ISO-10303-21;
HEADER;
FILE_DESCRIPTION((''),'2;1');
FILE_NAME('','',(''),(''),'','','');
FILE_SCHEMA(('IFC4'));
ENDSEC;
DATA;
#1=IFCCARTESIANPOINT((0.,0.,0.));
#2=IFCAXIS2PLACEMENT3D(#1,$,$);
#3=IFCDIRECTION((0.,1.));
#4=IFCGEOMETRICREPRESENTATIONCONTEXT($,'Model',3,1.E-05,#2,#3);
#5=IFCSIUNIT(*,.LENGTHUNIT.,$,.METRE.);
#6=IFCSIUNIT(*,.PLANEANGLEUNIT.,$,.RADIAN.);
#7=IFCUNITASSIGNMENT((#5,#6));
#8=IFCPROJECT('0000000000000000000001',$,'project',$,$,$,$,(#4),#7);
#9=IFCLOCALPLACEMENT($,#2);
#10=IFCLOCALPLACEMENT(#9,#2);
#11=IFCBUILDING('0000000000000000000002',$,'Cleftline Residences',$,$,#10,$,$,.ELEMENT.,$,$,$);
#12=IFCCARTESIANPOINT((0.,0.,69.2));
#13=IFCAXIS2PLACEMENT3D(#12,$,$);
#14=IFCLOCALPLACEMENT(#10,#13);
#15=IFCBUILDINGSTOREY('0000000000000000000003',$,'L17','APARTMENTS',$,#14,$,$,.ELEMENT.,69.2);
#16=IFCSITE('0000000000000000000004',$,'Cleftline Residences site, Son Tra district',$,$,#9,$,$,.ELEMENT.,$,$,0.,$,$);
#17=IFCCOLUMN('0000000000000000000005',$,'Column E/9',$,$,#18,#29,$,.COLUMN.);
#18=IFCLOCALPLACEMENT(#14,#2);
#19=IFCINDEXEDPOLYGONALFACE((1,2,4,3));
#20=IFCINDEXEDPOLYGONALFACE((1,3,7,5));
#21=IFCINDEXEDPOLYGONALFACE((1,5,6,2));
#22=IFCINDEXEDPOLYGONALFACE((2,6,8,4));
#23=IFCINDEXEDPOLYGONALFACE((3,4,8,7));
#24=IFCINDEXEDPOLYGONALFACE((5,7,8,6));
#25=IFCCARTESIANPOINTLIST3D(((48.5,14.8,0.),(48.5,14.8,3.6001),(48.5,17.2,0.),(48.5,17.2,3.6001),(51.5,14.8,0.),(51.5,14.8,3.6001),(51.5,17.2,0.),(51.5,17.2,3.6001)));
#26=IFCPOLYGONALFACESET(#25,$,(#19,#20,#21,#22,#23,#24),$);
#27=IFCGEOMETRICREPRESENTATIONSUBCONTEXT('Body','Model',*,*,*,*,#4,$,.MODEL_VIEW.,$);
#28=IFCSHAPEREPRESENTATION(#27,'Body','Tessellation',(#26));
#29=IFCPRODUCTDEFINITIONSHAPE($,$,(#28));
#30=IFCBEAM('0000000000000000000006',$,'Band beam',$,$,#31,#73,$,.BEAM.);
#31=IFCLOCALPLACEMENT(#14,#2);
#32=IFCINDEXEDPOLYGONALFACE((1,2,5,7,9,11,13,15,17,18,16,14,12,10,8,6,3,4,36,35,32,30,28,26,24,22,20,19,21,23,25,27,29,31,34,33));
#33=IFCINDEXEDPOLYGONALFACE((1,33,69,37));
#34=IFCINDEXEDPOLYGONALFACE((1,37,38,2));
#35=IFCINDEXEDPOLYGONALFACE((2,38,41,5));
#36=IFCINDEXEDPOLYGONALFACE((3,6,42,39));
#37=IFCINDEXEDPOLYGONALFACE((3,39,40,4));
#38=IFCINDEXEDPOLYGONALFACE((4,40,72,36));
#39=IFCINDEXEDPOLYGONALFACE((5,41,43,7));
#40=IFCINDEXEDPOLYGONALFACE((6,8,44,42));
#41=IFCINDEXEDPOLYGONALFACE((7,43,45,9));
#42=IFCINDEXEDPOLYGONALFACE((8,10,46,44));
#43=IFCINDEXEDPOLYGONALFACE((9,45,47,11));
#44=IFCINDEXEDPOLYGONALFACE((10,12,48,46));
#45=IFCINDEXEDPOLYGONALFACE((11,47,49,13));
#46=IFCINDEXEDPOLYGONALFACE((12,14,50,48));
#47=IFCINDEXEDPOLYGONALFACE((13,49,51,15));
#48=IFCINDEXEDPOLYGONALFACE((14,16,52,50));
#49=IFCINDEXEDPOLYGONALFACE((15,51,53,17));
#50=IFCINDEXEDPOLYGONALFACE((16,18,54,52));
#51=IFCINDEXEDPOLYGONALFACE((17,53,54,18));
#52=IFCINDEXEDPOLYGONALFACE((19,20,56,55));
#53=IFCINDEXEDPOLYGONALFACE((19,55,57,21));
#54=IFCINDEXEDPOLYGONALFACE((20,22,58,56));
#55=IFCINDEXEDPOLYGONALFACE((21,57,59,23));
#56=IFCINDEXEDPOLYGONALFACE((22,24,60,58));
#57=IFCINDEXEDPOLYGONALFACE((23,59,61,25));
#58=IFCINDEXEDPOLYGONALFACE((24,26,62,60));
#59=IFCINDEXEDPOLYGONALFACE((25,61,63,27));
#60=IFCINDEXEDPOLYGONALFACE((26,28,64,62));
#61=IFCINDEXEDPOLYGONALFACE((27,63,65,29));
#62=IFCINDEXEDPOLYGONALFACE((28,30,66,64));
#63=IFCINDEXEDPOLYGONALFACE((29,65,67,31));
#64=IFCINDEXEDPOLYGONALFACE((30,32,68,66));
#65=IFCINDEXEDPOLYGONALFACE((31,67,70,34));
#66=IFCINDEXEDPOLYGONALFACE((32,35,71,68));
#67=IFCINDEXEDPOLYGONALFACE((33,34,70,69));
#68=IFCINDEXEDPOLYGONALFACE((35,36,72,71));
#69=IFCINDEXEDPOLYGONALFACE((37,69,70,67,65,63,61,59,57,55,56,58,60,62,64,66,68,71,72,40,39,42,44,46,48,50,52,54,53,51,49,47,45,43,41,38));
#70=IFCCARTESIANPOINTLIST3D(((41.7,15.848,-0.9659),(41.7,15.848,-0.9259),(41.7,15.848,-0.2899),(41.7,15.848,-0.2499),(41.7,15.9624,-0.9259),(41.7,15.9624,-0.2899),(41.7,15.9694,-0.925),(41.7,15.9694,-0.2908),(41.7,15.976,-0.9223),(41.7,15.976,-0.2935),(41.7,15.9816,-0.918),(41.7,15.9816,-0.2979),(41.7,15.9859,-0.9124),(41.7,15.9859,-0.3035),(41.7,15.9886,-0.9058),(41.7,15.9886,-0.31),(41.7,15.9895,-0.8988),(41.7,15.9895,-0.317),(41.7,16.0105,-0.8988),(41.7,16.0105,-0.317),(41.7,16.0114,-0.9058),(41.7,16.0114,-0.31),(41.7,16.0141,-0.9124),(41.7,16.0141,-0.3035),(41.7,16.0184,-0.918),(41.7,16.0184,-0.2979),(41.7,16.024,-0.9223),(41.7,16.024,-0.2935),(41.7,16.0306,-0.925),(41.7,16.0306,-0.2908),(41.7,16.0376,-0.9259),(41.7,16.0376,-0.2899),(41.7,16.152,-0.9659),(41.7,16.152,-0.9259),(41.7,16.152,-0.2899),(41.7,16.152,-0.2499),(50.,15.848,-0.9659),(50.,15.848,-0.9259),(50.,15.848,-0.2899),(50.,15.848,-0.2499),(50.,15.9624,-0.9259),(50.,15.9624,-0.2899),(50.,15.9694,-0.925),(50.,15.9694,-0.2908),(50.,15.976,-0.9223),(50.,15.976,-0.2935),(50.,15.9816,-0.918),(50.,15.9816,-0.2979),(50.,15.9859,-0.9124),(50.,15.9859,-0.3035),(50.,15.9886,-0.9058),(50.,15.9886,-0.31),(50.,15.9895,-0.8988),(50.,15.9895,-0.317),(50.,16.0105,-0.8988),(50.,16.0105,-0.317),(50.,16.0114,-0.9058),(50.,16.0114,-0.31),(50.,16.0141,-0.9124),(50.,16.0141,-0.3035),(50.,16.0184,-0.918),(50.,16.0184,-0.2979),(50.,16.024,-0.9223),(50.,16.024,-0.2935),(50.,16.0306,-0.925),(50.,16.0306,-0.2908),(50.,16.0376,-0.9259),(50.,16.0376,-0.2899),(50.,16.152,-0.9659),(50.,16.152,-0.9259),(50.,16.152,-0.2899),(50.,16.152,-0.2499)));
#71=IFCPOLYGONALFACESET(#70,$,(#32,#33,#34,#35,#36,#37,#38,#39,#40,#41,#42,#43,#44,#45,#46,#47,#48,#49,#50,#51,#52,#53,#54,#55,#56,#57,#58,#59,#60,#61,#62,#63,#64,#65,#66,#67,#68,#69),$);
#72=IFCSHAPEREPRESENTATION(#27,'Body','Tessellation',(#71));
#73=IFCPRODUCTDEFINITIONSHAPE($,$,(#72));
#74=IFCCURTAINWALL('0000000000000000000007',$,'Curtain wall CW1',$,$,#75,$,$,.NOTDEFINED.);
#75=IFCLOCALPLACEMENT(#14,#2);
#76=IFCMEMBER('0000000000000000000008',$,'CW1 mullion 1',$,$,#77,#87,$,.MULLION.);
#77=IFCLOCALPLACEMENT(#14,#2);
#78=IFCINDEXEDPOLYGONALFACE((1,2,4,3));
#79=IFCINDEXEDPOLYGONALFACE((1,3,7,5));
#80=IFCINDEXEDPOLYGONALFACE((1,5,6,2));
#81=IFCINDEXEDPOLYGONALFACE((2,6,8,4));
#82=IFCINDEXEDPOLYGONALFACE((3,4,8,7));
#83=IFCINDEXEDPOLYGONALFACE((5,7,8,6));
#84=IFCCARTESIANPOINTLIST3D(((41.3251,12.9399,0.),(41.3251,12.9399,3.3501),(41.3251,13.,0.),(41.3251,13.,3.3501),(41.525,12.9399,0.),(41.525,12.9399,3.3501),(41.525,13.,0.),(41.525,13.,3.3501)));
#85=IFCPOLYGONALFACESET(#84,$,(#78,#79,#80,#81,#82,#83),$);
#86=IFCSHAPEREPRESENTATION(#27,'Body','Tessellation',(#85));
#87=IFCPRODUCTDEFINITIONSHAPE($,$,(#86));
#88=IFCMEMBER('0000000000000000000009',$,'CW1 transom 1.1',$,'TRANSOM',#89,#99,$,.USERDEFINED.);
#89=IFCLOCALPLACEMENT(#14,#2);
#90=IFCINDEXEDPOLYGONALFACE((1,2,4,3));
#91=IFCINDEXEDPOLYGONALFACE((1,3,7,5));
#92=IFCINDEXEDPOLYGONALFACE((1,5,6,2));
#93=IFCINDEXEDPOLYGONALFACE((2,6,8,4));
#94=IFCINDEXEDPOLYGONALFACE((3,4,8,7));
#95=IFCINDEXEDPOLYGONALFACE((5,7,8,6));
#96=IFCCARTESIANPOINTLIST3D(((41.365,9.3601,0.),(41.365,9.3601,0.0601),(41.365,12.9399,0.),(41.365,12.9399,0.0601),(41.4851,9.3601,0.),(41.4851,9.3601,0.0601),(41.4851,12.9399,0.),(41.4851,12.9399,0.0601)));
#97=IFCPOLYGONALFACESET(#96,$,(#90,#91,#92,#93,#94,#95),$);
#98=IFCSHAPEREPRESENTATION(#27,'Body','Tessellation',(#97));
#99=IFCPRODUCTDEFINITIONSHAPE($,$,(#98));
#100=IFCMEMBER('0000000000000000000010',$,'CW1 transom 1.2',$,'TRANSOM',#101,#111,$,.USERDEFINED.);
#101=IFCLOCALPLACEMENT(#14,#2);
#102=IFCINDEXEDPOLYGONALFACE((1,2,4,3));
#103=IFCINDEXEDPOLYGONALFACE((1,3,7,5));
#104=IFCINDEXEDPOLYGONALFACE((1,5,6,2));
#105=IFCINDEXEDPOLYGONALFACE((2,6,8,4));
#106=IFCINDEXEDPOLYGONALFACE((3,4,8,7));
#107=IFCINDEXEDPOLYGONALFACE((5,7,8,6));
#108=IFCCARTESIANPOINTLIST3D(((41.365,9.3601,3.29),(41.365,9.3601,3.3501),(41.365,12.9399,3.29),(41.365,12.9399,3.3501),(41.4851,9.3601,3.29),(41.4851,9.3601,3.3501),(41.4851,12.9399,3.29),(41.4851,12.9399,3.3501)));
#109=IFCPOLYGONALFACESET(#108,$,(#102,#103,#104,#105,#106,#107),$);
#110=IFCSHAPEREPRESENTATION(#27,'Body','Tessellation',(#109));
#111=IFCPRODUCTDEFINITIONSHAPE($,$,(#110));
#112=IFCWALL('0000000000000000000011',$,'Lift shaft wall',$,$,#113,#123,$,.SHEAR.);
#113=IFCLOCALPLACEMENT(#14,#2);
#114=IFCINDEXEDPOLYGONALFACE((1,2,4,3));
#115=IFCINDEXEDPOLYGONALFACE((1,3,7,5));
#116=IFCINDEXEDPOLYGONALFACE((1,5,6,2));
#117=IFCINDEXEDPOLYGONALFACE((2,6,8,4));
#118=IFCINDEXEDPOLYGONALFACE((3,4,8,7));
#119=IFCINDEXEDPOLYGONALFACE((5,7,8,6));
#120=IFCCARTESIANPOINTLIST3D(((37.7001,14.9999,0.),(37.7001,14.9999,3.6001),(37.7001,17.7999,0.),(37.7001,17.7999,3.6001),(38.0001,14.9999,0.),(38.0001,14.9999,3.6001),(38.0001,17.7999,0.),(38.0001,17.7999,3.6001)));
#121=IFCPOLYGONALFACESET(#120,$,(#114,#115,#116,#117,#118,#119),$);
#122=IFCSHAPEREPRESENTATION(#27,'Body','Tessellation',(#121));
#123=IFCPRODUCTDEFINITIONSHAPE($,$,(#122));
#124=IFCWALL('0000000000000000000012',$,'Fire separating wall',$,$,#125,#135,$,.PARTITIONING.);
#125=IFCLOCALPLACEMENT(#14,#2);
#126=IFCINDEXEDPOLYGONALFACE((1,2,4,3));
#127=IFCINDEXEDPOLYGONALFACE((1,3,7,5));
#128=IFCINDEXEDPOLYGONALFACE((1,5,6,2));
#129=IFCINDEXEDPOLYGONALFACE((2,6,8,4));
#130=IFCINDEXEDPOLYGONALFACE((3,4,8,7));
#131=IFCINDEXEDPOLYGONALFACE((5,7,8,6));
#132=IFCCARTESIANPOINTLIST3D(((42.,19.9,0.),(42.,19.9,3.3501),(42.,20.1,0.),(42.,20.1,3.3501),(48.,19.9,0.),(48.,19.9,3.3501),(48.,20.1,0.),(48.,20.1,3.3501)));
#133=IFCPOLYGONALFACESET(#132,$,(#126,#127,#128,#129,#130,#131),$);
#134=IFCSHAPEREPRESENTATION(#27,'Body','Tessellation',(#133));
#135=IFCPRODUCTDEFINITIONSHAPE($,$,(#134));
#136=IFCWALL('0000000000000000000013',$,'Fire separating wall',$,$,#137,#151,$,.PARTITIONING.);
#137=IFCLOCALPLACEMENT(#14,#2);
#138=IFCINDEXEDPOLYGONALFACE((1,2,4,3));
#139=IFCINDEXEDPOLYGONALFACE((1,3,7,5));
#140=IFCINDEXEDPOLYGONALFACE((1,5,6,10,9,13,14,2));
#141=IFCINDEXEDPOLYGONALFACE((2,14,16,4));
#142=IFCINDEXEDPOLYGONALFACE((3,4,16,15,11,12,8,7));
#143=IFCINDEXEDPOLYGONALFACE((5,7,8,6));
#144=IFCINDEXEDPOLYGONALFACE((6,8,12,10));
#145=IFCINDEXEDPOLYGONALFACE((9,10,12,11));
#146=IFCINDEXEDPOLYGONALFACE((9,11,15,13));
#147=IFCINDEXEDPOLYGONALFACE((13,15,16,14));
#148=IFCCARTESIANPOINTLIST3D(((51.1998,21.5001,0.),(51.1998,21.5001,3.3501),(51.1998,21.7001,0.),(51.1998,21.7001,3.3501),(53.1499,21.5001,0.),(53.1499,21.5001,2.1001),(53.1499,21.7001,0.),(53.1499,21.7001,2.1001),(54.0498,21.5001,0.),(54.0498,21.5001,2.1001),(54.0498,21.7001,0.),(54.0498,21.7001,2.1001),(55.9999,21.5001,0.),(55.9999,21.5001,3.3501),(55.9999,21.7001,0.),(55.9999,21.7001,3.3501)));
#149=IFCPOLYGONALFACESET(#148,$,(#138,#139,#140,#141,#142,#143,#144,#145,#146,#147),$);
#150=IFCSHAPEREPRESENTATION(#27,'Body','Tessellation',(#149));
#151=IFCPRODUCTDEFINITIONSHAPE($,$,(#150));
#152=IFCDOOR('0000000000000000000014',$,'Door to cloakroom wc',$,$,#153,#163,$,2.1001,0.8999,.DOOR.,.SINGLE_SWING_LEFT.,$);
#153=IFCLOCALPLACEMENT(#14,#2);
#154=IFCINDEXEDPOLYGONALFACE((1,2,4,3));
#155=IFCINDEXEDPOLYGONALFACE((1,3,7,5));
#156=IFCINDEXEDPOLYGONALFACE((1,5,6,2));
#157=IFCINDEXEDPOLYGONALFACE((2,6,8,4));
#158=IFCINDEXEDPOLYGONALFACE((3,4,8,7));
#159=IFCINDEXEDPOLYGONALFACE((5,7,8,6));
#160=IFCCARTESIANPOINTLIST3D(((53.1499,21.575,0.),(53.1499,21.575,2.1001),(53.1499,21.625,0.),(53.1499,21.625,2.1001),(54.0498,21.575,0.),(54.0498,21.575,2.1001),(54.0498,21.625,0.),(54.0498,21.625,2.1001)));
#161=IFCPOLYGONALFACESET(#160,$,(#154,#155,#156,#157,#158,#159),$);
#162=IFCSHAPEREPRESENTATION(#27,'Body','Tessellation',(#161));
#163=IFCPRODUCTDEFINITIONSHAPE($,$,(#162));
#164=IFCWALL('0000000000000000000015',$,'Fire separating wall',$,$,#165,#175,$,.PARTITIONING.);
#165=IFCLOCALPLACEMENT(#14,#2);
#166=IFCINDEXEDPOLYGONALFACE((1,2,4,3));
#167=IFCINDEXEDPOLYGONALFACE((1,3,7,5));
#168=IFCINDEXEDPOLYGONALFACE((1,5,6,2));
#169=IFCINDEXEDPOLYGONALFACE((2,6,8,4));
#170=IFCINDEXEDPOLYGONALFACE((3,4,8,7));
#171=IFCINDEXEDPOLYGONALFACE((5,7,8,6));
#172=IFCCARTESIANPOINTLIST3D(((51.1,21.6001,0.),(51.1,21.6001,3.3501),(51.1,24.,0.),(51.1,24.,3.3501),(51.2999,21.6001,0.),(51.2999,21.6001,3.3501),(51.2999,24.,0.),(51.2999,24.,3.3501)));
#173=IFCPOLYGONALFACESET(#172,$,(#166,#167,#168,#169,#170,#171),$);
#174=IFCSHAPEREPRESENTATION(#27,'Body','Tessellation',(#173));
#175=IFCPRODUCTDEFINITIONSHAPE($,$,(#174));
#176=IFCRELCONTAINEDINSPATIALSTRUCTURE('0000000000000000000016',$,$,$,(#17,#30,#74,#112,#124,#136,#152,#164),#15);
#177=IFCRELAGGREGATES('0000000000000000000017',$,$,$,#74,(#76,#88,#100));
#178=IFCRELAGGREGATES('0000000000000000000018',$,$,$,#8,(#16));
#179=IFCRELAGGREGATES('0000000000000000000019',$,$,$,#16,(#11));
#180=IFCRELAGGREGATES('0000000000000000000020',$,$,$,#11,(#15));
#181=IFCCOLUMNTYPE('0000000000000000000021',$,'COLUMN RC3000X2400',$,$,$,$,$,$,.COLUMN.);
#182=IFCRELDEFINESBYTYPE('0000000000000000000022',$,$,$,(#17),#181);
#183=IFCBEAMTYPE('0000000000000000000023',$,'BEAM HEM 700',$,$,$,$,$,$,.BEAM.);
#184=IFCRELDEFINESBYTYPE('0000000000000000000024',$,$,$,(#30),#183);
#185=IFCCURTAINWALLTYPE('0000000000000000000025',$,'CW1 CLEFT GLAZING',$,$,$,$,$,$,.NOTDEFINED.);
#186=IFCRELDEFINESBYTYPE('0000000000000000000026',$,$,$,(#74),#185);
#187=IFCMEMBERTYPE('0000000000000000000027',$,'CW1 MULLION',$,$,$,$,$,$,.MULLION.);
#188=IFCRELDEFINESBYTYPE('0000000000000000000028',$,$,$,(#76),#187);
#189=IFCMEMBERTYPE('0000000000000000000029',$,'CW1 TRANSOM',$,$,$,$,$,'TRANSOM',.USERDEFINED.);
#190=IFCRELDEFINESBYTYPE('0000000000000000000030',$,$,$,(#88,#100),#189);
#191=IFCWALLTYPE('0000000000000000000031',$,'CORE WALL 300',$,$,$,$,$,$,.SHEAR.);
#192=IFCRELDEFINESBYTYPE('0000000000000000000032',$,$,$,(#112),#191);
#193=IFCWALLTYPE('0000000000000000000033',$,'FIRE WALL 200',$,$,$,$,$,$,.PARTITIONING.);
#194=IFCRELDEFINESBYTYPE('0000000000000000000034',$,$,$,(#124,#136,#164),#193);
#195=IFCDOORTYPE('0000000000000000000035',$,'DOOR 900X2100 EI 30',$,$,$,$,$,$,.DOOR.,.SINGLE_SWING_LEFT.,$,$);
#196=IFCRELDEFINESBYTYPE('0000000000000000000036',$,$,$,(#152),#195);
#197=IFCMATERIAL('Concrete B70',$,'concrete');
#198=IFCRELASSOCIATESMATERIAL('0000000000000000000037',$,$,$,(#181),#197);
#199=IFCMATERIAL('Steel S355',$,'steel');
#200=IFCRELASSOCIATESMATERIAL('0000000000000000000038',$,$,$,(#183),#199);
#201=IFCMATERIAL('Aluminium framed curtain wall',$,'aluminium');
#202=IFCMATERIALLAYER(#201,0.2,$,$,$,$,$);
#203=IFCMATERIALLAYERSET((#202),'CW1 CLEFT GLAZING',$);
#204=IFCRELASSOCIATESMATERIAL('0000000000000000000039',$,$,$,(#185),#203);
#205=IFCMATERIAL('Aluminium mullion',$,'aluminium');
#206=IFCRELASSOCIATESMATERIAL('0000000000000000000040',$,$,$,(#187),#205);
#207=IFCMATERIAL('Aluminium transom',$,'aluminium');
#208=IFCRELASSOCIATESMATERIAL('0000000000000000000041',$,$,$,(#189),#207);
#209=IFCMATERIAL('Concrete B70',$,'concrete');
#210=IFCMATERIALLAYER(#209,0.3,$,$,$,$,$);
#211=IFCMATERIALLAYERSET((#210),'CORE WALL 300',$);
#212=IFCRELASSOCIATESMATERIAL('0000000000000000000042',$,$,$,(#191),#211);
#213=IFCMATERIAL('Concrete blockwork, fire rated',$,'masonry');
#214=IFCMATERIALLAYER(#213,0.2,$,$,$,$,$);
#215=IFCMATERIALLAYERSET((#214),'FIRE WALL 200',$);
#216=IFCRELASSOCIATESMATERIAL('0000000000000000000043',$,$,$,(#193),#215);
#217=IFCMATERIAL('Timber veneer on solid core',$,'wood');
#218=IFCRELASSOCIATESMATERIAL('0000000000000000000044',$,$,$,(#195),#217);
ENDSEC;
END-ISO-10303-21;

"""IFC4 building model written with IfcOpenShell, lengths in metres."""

from ifc_helpers import new_model, si_unit, direction, frame, frame_2d, origin, origin_2d, place, context, subcontext, project, spatial, rectangle, i_section, extrude, material, layer, layer_set, material_profile, profile_set, type_object, element, fill, aggregate, save


model = new_model("IFC4")

# Units and contexts
model_context = context("Model", 3, precision=1e-05, world=origin(), true_north=direction((0.0, 1.0)))
body_context = subcontext(model_context, "Body", "Model", "MODEL_VIEW")
ifc_project = project(units=[si_unit("LENGTHUNIT", "METRE"), si_unit("PLANEANGLEUNIT", "RADIAN")], contexts=[model_context])

# Site, building, storey
site_placement = place(None, origin())
site = spatial("IfcSite", under=ifc_project, at=site_placement, Name="Cleftline Residences site, Son Tra district", CompositionType="ELEMENT", RefElevation=0.0)
building_placement = place(site_placement, origin())
building = spatial("IfcBuilding", under=site, at=building_placement, Name="Cleftline Residences", CompositionType="ELEMENT")
storey_placement = place(building_placement, frame((0.0, 0.0, 69.2)))
storey = spatial("IfcBuildingStorey", under=building, at=storey_placement, Name="L17", Description="APARTMENTS", CompositionType="ELEMENT", Elevation=69.2)

# Column
ifc_material_1 = material(Name="Concrete B70", Category="concrete")
ifc_material_profile_1 = material_profile(ifc_material_1, rectangle(XDim=3.0, YDim=2.3999, at=origin_2d()))
ifc_profile_set_1 = profile_set([ifc_material_profile_1], Name="Concrete B70")
column_type = type_object("IfcColumnType", Name="COLUMN RC3000X2400", PredefinedType="COLUMN", material=ifc_profile_set_1)
column_placement = place(storey_placement, frame((50.0, 16.0, 0.0), z_axis=(0.0, 0.0, 1.0), x_axis=(1.0, 0.0, 0.0)))
element("IfcColumn", 1, at=column_placement, inside=storey, type_object=column_type, Name="Column E/9", PredefinedType="COLUMN", context=body_context, shape_type="SweptSolid", body=[
    extrude(rectangle(XDim=3.0, YDim=2.3999, at=origin_2d()), origin(), (0.0, 0.0, 1.0), 3.6001),
])

# Beam
ifc_material_2 = material(Name="Steel S355", Category="steel")
ifc_material_profile_2 = material_profile(ifc_material_2, i_section(OverallWidth=0.304, OverallDepth=0.7161, WebThickness=0.021, FlangeThickness=0.04, FilletRadius=0.0271, at=origin_2d()))
ifc_profile_set_2 = profile_set([ifc_material_profile_2], Name="Steel S355")
beam_type = type_object("IfcBeamType", Name="BEAM HEM 700", PredefinedType="BEAM", material=ifc_profile_set_2)
beam_placement = place(storey_placement, frame((50.0, 16.0, -0.6079), z_axis=(-1.0, 0.0, 0.0), x_axis=(0.0, -1.0, 0.0)))
element("IfcBeam", 2, at=beam_placement, inside=storey, type_object=beam_type, Name="Band beam", PredefinedType="BEAM", context=body_context, shape_type="SweptSolid", body=[
    extrude(i_section(OverallWidth=0.304, OverallDepth=0.7161, WebThickness=0.021, FlangeThickness=0.04, FilletRadius=0.0271, at=origin_2d()), origin(), (0.0, 0.0, 1.0), 8.3),
])

# Curtain wall, members
ifc_material_3 = material(Name="Aluminium framed curtain wall", Category="aluminium")
ifc_layer_1 = layer(ifc_material_3, 0.2)
ifc_layer_set_1 = layer_set([ifc_layer_1], Name="CW1 CLEFT GLAZING")
curtain_wall_type = type_object("IfcCurtainWallType", Name="CW1 CLEFT GLAZING", PredefinedType="NOTDEFINED", material=ifc_layer_set_1)
curtain_wall_placement = place(storey_placement, origin())
curtain_wall = element("IfcCurtainWall", 3, at=curtain_wall_placement, inside=storey, type_object=curtain_wall_type, Name="Curtain wall CW1", PredefinedType="NOTDEFINED")
ifc_material_4 = material(Name="Aluminium mullion", Category="aluminium")
ifc_material_profile_3 = material_profile(ifc_material_4, rectangle(XDim=0.2, YDim=0.0601, at=origin_2d()))
ifc_profile_set_3 = profile_set([ifc_material_profile_3], Name="Aluminium mullion")
member_type_1 = type_object("IfcMemberType", Name="CW1 MULLION", PredefinedType="MULLION", material=ifc_profile_set_3)
member_1_placement = place(storey_placement, frame((41.425, 12.97, 0.0), z_axis=(0.0, 0.0, 1.0), x_axis=(1.0, 0.0, 0.0)))
member_1 = element("IfcMember", 4, at=member_1_placement, type_object=member_type_1, Name="CW1 mullion 1", PredefinedType="MULLION", context=body_context, shape_type="SweptSolid", body=[
    extrude(rectangle(XDim=0.2, YDim=0.0601, at=origin_2d()), origin(), (0.0, 0.0, 1.0), 3.3501),
])
ifc_material_5 = material(Name="Aluminium transom", Category="aluminium")
ifc_material_profile_4 = material_profile(ifc_material_5, rectangle(XDim=0.1201, YDim=0.0601, at=origin_2d()))
ifc_profile_set_4 = profile_set([ifc_material_profile_4], Name="Aluminium transom")
member_type_2 = type_object("IfcMemberType", Name="CW1 TRANSOM", ElementType="TRANSOM", PredefinedType="USERDEFINED", material=ifc_profile_set_4)
member_2_placement = place(storey_placement, frame((41.425, 12.9399, 0.03), z_axis=(0.0, -1.0, 0.0), x_axis=(1.0, 0.0, 0.0)))
member_2 = element("IfcMember", 5, at=member_2_placement, type_object=member_type_2, Name="CW1 transom 1.1", ObjectType="TRANSOM", PredefinedType="USERDEFINED", context=body_context, shape_type="SweptSolid", body=[
    extrude(rectangle(XDim=0.1201, YDim=0.0601, at=origin_2d()), origin(), (0.0, 0.0, 1.0), 3.5798),
])
member_3_placement = place(storey_placement, frame((41.425, 12.9399, 3.3201), z_axis=(0.0, -1.0, 0.0), x_axis=(1.0, 0.0, 0.0)))
member_3 = element("IfcMember", 6, at=member_3_placement, type_object=member_type_2, Name="CW1 transom 1.2", ObjectType="TRANSOM", PredefinedType="USERDEFINED", context=body_context, shape_type="SweptSolid", body=[
    extrude(rectangle(XDim=0.1201, YDim=0.0601, at=origin_2d()), origin(), (0.0, 0.0, 1.0), 3.5798),
])
aggregate(curtain_wall, [member_1, member_2, member_3])

# Walls
ifc_material_6 = material(Name="Concrete B70", Category="concrete")
ifc_layer_2 = layer(ifc_material_6, 0.3)
ifc_layer_set_2 = layer_set([ifc_layer_2], Name="CORE WALL 300")
wall_type_1 = type_object("IfcWallType", Name="CORE WALL 300", PredefinedType="SHEAR", material=ifc_layer_set_2)
wall_1_placement = place(storey_placement, frame((37.8501, 15.0, 0.0), z_axis=(0.0, 0.0, 1.0), x_axis=(0.0, 1.0, 0.0)))
element("IfcWall", 7, at=wall_1_placement, inside=storey, type_object=wall_type_1, Name="Lift shaft wall", PredefinedType="SHEAR", context=body_context, shape_type="SweptSolid", body=[
    extrude(rectangle(XDim=2.8, YDim=0.3, at=frame_2d((1.3999, 0.0))), origin(), (0.0, 0.0, 1.0), 3.6001),
])
ifc_material_7 = material(Name="Concrete blockwork, fire rated", Category="masonry")
ifc_layer_3 = layer(ifc_material_7, 0.2)
ifc_layer_set_3 = layer_set([ifc_layer_3], Name="FIRE WALL 200")
wall_type_2 = type_object("IfcWallType", Name="FIRE WALL 200", PredefinedType="PARTITIONING", material=ifc_layer_set_3)
wall_2_placement = place(storey_placement, frame((42.0, 20.0, 0.0), z_axis=(0.0, 0.0, 1.0), x_axis=(1.0, 0.0, 0.0)))
element("IfcWall", 8, at=wall_2_placement, inside=storey, type_object=wall_type_2, Name="Fire separating wall", PredefinedType="PARTITIONING", context=body_context, shape_type="SweptSolid", body=[
    extrude(rectangle(XDim=6.0, YDim=0.2, at=frame_2d((3.0, 0.0))), origin(), (0.0, 0.0, 1.0), 3.3501),
])

# Wall, opening, door
wall_3_placement = place(storey_placement, frame((51.2, 21.6001, 0.0), z_axis=(0.0, 0.0, 1.0), x_axis=(1.0, 0.0, 0.0)))
wall_3 = element("IfcWall", 9, at=wall_3_placement, inside=storey, type_object=wall_type_2, Name="Fire separating wall", PredefinedType="PARTITIONING", context=body_context, shape_type="SweptSolid", body=[
    extrude(rectangle(XDim=4.8, YDim=0.2, at=frame_2d((2.3999, 0.0))), origin(), (0.0, 0.0, 1.0), 3.3501),
])
opening_1_placement = place(wall_3_placement, frame((1.95, 0.0, 0.0)))
opening_1 = element("IfcOpeningElement", 10, at=opening_1_placement, cuts=wall_3, PredefinedType="OPENING", context=body_context, shape_type="SweptSolid", body=[
    extrude(rectangle(XDim=0.8999, YDim=2.1001, at=frame_2d((0.45, 1.05))), frame((0.0, 0.1099, 0.0), z_axis=(0.0, -1.0, 0.0), x_axis=(1.0, 0.0, 0.0)), (0.0, 0.0, 1.0), 0.22),
])
ifc_material_8 = material(Name="Timber veneer on solid core", Category="wood")
door_type_1 = type_object("IfcDoorType", Name="DOOR 900X2100 EI 30", OperationType="SINGLE_SWING_LEFT", PredefinedType="DOOR", material=ifc_material_8)
door_1_placement = place(opening_1_placement, origin())
door_1 = element("IfcDoor", 11, at=door_1_placement, inside=storey, type_object=door_type_1, Name="Door to cloakroom wc", OperationType="SINGLE_SWING_LEFT", OverallHeight=2.1001, OverallWidth=0.8999, PredefinedType="DOOR", context=body_context, shape_type="SweptSolid", body=[
    extrude(rectangle(XDim=0.8999, YDim=2.1001, at=frame_2d((0.45, 1.05))), frame((0.0, 0.0249, 0.0), z_axis=(0.0, -1.0, 0.0), x_axis=(1.0, 0.0, 0.0)), (0.0, 0.0, 1.0), 0.05),
])
fill(opening_1, door_1)

# Wall
wall_4_placement = place(storey_placement, frame((51.2, 21.6001, 0.0), z_axis=(0.0, 0.0, 1.0), x_axis=(0.0, 1.0, 0.0)))
element("IfcWall", 12, at=wall_4_placement, inside=storey, type_object=wall_type_2, Name="Fire separating wall", PredefinedType="PARTITIONING", context=body_context, shape_type="SweptSolid", body=[
    extrude(rectangle(XDim=2.3999, YDim=0.2, at=frame_2d((1.2, 0.0))), origin(), (0.0, 0.0, 1.0), 3.3501),
])

save(model, "model.ifc")
